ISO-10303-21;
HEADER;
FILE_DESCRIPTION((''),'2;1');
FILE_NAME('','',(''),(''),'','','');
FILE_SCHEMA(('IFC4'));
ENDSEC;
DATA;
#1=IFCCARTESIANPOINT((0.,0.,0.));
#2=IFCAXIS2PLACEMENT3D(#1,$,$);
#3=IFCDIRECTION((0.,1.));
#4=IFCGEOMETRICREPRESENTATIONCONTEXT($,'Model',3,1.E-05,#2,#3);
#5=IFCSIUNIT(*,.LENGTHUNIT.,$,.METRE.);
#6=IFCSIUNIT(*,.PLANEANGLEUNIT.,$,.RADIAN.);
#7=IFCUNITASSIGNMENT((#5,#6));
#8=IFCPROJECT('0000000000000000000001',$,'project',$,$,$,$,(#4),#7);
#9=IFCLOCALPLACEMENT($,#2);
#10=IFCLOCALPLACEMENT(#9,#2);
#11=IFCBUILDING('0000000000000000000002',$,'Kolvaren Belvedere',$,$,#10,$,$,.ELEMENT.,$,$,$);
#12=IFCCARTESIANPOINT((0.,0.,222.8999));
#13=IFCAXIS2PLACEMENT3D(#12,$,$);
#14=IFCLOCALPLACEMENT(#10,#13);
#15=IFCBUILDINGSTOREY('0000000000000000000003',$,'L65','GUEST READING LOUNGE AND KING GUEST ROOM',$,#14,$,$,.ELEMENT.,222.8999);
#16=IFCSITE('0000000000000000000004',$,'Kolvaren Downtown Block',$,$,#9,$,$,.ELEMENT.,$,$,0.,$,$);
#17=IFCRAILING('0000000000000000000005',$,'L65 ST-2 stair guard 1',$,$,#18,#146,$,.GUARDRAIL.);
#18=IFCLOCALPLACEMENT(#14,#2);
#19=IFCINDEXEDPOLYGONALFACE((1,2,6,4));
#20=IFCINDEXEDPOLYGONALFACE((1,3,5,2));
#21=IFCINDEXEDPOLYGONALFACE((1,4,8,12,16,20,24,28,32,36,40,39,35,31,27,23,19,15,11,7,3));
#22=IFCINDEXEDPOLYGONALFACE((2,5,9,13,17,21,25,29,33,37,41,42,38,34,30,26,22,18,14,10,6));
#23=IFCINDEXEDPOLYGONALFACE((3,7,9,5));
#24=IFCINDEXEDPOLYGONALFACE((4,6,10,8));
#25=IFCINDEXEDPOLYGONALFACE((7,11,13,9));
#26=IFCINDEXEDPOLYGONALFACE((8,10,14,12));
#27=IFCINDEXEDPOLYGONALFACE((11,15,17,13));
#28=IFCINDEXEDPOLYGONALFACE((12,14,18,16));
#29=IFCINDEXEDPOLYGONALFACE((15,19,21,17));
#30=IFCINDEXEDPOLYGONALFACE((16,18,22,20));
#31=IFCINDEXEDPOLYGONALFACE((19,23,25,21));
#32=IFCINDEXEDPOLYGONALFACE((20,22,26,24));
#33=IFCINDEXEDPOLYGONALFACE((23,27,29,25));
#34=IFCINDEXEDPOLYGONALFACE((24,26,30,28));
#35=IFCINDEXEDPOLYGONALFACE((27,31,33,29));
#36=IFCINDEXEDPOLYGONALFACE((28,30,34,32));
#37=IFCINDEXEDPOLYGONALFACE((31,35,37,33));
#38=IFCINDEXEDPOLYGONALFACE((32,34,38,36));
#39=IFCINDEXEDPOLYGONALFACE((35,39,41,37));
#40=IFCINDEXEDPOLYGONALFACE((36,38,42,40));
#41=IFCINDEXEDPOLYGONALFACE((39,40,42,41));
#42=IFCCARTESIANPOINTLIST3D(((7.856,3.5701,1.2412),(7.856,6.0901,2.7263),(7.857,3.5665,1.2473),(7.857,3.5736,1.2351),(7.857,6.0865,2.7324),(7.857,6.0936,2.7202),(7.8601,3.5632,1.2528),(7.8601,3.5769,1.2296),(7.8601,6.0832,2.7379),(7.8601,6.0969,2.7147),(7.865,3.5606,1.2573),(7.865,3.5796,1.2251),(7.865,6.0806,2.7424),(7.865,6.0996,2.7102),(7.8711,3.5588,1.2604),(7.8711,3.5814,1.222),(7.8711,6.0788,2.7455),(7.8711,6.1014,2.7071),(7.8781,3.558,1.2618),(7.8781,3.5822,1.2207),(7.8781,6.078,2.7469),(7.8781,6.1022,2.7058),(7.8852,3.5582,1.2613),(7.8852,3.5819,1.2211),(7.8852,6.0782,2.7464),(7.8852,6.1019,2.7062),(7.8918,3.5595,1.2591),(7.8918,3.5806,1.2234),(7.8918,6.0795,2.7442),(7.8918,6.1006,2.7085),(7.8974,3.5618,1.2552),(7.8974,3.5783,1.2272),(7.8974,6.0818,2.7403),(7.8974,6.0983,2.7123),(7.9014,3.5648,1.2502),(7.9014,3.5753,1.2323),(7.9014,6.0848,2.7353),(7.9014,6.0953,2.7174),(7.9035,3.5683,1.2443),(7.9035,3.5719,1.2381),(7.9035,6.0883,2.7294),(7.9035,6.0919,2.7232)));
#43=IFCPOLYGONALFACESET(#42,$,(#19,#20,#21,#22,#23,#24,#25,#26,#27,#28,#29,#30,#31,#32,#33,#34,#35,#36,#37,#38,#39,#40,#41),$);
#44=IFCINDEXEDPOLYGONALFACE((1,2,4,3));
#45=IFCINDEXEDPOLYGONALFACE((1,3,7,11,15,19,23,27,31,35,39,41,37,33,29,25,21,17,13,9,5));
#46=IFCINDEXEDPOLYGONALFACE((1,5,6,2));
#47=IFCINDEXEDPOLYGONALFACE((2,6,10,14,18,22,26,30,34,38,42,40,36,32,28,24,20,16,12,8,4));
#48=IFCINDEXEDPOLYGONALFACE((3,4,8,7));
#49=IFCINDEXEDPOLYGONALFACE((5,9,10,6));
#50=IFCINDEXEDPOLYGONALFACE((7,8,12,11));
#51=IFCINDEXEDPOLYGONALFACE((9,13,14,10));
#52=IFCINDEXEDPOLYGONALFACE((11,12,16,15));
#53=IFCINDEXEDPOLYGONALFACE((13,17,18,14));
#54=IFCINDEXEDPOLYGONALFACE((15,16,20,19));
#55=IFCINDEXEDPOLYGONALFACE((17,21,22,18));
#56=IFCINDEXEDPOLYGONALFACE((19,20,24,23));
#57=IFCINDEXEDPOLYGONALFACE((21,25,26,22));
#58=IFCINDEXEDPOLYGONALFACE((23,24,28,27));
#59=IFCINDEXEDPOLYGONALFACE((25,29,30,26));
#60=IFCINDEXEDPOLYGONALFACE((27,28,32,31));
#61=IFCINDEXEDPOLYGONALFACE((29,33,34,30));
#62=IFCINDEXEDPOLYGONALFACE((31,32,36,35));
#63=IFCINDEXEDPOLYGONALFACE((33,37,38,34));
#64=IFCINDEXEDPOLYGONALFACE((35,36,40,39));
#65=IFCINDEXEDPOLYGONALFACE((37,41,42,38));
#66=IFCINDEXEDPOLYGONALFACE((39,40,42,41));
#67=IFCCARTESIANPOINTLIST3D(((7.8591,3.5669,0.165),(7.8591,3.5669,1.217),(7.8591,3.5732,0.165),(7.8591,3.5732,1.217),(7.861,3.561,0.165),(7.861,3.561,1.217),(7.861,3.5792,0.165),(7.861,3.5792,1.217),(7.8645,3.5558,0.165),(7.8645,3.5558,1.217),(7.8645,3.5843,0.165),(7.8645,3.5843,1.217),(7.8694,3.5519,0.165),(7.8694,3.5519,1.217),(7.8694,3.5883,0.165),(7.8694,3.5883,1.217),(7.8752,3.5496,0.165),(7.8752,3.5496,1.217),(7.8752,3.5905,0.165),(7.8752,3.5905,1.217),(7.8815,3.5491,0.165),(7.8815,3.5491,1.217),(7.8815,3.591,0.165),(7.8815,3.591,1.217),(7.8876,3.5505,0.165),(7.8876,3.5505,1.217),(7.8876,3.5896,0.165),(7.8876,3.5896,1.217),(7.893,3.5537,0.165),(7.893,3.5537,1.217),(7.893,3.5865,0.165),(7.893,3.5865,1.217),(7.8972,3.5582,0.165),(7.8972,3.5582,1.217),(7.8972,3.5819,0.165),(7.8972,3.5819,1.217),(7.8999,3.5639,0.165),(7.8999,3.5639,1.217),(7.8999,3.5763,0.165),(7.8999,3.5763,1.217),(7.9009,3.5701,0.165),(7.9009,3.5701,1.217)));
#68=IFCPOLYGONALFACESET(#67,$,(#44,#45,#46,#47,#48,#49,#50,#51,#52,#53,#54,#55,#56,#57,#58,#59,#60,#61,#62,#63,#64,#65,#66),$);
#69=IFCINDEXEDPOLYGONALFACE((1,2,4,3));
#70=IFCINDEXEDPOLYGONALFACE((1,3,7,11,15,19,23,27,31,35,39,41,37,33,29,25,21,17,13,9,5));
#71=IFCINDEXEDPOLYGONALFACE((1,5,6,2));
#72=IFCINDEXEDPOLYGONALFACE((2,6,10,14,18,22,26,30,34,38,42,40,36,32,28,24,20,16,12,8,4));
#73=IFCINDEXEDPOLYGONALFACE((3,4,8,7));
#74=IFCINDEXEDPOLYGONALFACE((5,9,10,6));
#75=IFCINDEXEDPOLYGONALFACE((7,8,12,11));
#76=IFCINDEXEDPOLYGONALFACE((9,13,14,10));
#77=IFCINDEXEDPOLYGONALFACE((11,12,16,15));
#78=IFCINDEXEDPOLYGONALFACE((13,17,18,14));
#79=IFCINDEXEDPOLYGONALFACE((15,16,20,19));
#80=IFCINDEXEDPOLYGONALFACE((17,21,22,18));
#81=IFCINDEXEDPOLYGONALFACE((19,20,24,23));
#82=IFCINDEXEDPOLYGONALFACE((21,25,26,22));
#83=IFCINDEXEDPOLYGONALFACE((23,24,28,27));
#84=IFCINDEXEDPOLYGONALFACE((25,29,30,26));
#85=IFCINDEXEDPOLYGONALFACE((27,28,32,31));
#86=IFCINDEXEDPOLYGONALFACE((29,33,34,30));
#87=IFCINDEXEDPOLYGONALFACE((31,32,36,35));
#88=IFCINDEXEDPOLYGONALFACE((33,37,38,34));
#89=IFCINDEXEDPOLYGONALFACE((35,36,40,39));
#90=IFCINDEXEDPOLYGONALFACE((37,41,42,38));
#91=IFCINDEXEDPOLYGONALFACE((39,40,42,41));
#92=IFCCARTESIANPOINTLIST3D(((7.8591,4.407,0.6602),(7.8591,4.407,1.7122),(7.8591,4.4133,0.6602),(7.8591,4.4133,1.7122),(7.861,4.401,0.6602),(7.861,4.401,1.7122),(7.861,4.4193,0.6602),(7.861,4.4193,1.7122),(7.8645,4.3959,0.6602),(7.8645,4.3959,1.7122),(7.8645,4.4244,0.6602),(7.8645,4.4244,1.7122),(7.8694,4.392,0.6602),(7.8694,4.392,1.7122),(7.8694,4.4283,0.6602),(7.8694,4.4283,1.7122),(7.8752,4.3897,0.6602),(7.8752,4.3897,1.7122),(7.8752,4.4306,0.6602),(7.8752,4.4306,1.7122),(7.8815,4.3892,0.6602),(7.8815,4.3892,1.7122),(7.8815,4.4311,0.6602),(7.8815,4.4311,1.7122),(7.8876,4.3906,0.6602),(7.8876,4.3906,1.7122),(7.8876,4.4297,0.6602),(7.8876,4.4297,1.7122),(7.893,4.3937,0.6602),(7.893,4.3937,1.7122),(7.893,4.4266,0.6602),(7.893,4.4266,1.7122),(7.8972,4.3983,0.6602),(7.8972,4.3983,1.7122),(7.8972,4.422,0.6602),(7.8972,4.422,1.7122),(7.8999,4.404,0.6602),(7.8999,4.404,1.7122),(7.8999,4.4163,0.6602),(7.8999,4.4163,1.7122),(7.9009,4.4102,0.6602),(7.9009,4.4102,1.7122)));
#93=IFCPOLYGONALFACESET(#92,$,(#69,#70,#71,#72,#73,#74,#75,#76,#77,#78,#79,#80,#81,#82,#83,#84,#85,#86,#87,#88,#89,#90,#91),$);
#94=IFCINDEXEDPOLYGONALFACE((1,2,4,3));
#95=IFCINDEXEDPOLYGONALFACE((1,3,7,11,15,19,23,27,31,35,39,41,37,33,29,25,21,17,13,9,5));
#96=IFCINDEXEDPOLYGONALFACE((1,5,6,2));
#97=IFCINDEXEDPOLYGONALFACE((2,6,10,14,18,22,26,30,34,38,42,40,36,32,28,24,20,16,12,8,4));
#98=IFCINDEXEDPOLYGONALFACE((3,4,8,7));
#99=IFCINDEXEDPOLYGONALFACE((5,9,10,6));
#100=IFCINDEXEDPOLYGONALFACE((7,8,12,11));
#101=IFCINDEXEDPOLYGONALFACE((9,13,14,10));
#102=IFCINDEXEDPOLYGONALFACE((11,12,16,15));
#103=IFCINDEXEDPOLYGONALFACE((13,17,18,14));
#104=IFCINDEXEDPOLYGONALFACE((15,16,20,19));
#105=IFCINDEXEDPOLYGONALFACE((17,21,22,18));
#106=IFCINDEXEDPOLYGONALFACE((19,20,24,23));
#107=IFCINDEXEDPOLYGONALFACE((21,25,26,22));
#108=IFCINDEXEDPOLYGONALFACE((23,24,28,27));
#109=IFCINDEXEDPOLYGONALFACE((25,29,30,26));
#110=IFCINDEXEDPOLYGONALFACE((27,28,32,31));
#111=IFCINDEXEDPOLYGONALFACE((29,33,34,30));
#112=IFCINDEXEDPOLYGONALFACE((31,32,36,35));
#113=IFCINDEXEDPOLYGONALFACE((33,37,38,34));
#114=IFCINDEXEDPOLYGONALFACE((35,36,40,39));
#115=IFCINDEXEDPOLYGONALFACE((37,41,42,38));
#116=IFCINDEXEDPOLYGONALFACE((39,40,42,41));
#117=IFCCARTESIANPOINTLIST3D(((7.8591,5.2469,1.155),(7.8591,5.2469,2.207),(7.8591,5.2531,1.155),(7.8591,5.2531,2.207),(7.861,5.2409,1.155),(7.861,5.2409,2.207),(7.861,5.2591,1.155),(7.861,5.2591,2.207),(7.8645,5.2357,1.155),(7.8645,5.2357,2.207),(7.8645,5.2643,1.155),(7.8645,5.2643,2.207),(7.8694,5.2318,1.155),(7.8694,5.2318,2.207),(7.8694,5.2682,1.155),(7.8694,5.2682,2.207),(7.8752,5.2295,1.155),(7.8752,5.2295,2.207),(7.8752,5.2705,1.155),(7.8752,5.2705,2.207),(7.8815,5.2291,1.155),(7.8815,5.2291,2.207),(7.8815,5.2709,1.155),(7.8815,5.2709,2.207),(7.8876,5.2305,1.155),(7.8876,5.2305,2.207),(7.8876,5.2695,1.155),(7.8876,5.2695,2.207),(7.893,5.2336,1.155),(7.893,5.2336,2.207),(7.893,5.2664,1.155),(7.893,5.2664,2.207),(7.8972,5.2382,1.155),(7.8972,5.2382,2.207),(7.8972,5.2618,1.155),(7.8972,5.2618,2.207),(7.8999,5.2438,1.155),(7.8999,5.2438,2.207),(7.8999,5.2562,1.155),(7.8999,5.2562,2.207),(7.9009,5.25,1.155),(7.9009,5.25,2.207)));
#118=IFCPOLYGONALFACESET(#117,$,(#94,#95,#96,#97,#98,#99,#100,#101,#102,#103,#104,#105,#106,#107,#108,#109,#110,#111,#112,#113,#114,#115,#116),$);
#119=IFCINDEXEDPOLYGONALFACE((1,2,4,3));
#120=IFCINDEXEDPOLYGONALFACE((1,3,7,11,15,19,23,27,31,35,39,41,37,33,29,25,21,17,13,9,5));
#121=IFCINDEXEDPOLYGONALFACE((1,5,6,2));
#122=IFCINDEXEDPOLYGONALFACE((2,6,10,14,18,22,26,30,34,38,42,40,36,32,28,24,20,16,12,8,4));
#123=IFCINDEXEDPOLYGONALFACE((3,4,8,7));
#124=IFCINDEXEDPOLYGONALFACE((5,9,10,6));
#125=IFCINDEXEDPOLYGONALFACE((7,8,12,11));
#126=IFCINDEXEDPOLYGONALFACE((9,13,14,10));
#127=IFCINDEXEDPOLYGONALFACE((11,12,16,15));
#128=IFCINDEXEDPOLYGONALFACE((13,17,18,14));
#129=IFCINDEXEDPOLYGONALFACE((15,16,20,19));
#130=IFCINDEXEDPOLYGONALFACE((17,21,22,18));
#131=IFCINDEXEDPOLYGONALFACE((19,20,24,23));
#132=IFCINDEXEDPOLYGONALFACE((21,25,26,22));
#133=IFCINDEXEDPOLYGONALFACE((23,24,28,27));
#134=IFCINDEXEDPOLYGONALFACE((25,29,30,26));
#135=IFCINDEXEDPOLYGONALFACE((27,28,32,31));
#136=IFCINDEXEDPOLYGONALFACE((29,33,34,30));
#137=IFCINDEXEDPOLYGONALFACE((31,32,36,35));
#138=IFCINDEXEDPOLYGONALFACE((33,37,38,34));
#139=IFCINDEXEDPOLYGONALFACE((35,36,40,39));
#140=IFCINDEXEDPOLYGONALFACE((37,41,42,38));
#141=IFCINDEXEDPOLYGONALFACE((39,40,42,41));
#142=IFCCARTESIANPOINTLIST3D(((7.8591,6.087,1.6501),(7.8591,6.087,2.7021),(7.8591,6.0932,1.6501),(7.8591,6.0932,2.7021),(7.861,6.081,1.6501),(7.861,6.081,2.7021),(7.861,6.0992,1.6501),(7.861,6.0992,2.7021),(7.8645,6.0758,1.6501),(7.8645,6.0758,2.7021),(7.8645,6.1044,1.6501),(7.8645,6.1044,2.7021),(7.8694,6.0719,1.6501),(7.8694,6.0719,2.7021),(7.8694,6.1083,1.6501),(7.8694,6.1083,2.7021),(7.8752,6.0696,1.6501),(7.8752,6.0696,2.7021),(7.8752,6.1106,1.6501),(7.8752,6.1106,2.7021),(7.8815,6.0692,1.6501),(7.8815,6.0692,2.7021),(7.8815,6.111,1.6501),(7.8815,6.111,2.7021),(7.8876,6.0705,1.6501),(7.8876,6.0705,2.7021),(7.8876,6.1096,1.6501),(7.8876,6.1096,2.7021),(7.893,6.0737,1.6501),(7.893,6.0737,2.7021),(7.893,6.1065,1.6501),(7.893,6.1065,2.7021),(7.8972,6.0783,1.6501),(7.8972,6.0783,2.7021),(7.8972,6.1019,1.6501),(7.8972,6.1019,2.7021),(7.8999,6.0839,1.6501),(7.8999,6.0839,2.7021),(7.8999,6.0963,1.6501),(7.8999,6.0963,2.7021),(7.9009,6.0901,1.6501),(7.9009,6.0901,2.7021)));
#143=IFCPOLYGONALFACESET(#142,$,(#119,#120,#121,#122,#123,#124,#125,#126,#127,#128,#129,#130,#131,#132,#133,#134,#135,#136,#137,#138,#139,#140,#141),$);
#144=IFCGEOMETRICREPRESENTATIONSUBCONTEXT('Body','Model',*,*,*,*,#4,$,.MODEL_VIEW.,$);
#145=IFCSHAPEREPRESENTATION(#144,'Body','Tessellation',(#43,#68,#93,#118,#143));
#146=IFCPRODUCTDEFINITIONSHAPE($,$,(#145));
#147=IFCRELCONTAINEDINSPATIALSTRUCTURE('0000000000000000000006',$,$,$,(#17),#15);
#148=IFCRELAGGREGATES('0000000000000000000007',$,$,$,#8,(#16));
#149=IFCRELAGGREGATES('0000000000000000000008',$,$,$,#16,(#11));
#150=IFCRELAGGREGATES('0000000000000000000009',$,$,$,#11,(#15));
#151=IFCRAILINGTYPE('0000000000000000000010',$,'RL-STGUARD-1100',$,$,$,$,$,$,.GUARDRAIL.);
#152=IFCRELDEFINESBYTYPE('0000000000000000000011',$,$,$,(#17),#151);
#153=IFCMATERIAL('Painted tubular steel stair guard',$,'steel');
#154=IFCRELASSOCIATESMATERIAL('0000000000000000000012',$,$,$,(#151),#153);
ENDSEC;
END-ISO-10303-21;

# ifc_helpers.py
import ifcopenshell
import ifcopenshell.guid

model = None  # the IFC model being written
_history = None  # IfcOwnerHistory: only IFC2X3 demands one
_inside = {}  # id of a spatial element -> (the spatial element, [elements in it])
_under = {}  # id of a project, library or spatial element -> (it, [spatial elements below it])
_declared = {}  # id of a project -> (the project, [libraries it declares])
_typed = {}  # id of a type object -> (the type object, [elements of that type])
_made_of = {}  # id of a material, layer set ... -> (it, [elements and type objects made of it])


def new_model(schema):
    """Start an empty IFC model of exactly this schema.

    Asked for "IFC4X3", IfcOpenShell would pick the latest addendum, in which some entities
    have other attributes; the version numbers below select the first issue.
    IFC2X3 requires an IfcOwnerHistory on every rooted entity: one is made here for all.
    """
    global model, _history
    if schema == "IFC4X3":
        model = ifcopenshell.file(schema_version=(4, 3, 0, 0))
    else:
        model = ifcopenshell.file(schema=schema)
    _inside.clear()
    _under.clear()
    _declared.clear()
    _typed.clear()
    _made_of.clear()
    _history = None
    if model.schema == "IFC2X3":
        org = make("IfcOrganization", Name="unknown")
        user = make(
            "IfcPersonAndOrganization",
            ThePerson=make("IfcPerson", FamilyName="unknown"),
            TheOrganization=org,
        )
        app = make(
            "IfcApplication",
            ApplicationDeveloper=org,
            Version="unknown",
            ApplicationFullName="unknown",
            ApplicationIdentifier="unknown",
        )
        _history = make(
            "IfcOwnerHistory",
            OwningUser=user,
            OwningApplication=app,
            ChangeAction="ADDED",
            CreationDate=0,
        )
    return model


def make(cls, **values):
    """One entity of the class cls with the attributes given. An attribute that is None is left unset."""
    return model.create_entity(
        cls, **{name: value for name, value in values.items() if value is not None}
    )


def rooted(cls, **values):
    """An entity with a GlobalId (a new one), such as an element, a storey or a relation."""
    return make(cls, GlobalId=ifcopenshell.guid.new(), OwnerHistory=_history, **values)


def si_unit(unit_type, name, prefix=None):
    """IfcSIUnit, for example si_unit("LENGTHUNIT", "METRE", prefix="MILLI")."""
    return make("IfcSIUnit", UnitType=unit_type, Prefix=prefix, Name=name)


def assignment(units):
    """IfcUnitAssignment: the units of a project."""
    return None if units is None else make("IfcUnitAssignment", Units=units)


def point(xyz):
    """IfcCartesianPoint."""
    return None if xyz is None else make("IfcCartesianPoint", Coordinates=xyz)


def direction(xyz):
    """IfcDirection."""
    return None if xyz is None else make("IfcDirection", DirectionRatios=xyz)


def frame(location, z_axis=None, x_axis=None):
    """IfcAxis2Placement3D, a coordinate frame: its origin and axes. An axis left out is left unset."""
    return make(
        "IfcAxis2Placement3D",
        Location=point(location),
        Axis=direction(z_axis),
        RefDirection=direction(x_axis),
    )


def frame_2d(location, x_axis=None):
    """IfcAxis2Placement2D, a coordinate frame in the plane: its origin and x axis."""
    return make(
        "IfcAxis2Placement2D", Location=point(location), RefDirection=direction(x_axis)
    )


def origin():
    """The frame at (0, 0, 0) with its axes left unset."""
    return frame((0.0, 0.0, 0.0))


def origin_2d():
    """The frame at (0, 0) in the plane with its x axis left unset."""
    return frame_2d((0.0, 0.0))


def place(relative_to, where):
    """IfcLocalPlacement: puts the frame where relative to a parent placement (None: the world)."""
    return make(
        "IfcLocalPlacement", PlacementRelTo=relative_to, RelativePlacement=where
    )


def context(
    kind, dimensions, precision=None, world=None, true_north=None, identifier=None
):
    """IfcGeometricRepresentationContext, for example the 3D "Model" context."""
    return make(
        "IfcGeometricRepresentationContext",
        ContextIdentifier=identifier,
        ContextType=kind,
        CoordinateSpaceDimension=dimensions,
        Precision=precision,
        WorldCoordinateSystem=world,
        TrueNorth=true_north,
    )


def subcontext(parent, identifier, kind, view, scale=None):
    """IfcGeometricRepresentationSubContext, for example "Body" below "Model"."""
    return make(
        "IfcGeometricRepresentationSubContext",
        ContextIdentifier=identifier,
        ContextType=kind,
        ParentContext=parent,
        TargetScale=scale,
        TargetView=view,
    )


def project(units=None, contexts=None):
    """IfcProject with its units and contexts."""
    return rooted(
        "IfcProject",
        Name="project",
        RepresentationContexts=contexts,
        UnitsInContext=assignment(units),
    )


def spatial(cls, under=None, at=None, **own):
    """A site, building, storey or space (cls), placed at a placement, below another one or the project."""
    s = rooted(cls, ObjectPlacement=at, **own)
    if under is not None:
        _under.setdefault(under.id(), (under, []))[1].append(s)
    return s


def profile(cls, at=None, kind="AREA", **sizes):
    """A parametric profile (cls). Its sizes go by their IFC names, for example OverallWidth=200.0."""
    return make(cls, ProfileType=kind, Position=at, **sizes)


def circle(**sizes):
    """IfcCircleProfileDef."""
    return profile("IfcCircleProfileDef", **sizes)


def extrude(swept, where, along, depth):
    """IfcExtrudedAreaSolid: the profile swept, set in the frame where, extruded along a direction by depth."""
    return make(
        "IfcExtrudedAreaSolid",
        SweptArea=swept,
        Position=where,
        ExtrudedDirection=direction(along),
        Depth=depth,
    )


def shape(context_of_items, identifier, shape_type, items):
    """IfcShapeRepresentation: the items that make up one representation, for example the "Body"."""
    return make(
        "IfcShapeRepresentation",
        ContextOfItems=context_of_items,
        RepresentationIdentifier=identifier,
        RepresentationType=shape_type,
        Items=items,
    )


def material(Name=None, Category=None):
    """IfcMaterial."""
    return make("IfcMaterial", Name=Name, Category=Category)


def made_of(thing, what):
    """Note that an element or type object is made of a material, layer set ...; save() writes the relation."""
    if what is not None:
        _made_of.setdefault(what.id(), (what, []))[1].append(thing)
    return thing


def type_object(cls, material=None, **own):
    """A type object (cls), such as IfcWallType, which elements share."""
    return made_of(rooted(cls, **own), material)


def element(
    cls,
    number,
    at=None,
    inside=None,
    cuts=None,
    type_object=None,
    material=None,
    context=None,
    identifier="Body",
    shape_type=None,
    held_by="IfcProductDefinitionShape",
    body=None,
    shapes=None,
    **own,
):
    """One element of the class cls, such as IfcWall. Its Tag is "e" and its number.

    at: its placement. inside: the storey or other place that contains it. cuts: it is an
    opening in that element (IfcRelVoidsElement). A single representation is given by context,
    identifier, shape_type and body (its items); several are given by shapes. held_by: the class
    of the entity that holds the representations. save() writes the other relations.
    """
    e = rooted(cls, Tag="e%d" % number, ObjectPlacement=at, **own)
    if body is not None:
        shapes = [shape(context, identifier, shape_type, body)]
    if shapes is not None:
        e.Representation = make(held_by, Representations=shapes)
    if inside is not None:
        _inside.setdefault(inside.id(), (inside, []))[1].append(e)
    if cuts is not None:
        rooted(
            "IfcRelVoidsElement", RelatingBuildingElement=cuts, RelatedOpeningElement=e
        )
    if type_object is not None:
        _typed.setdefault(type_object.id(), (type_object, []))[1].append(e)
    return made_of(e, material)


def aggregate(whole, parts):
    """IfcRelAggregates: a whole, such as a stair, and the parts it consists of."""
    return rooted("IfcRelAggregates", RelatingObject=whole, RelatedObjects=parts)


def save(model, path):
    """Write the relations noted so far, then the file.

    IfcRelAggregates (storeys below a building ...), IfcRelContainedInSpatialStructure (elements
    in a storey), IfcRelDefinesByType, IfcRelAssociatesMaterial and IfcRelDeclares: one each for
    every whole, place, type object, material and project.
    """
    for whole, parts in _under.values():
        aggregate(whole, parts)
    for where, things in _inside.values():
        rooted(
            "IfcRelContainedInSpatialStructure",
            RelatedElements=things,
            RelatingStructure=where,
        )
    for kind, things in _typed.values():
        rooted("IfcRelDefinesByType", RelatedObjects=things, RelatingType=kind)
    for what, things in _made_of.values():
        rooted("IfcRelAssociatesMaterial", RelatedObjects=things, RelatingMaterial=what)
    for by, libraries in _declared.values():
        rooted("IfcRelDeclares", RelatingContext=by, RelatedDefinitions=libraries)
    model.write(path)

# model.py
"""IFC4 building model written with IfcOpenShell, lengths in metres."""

from ifc_helpers import new_model, si_unit, direction, frame, origin, origin_2d, place, context, subcontext, project, spatial, circle, extrude, material, type_object, element, save


model = new_model("IFC4")

# Units and contexts
model_context = context("Model", 3, precision=1e-05, world=origin(), true_north=direction((0.0, 1.0)))
body_context = subcontext(model_context, "Body", "Model", "MODEL_VIEW")
ifc_project = project(units=[si_unit("LENGTHUNIT", "METRE"), si_unit("PLANEANGLEUNIT", "RADIAN")], contexts=[model_context])

# Site, building, storey
site_placement = place(None, origin())
site = spatial("IfcSite", under=ifc_project, at=site_placement, Name="Kolvaren Downtown Block", CompositionType="ELEMENT", RefElevation=0.0)
building_placement = place(site_placement, origin())
building = spatial("IfcBuilding", under=site, at=building_placement, Name="Kolvaren Belvedere", CompositionType="ELEMENT")
storey_placement = place(building_placement, frame((0.0, 0.0, 222.8999)))
storey = spatial("IfcBuildingStorey", under=building, at=storey_placement, Name="L65", Description="GUEST READING LOUNGE AND KING GUEST ROOM", CompositionType="ELEMENT", Elevation=222.8999)

# Railing
ifc_material_1 = material(Name="Painted tubular steel stair guard", Category="steel")
railing_type_1 = type_object("IfcRailingType", Name="RL-STGUARD-1100", PredefinedType="GUARDRAIL", material=ifc_material_1)
railing_1_placement = place(storey_placement, frame((7.8799, 3.5701, 0.165)))
element("IfcRailing", 1, at=railing_1_placement, inside=storey, type_object=railing_type_1, Name="L65 ST-2 stair guard 1", PredefinedType="GUARDRAIL", context=body_context, shape_type="SweptSolid", body=[
    extrude(circle(Radius=0.0239, at=origin_2d()), frame((0.0, 0.0, 1.0762), z_axis=(0.0, 0.861524, 0.507717), x_axis=(-1.0, 0.0, 0.0)), (0.0, 0.0, 1.0), 2.925),
    extrude(circle(Radius=0.021, at=origin_2d()), origin(), (0.0, 0.0, 1.0), 1.052),
    extrude(circle(Radius=0.021, at=origin_2d()), frame((0.0, 0.8401, 0.4951)), (0.0, 0.0, 1.0), 1.052),
    extrude(circle(Radius=0.021, at=origin_2d()), frame((0.0, 1.6799, 0.99)), (0.0, 0.0, 1.0), 1.052),
    extrude(circle(Radius=0.021, at=origin_2d()), frame((0.0, 2.52, 1.4851)), (0.0, 0.0, 1.0), 1.052),
])

save(model, "model.ifc")
